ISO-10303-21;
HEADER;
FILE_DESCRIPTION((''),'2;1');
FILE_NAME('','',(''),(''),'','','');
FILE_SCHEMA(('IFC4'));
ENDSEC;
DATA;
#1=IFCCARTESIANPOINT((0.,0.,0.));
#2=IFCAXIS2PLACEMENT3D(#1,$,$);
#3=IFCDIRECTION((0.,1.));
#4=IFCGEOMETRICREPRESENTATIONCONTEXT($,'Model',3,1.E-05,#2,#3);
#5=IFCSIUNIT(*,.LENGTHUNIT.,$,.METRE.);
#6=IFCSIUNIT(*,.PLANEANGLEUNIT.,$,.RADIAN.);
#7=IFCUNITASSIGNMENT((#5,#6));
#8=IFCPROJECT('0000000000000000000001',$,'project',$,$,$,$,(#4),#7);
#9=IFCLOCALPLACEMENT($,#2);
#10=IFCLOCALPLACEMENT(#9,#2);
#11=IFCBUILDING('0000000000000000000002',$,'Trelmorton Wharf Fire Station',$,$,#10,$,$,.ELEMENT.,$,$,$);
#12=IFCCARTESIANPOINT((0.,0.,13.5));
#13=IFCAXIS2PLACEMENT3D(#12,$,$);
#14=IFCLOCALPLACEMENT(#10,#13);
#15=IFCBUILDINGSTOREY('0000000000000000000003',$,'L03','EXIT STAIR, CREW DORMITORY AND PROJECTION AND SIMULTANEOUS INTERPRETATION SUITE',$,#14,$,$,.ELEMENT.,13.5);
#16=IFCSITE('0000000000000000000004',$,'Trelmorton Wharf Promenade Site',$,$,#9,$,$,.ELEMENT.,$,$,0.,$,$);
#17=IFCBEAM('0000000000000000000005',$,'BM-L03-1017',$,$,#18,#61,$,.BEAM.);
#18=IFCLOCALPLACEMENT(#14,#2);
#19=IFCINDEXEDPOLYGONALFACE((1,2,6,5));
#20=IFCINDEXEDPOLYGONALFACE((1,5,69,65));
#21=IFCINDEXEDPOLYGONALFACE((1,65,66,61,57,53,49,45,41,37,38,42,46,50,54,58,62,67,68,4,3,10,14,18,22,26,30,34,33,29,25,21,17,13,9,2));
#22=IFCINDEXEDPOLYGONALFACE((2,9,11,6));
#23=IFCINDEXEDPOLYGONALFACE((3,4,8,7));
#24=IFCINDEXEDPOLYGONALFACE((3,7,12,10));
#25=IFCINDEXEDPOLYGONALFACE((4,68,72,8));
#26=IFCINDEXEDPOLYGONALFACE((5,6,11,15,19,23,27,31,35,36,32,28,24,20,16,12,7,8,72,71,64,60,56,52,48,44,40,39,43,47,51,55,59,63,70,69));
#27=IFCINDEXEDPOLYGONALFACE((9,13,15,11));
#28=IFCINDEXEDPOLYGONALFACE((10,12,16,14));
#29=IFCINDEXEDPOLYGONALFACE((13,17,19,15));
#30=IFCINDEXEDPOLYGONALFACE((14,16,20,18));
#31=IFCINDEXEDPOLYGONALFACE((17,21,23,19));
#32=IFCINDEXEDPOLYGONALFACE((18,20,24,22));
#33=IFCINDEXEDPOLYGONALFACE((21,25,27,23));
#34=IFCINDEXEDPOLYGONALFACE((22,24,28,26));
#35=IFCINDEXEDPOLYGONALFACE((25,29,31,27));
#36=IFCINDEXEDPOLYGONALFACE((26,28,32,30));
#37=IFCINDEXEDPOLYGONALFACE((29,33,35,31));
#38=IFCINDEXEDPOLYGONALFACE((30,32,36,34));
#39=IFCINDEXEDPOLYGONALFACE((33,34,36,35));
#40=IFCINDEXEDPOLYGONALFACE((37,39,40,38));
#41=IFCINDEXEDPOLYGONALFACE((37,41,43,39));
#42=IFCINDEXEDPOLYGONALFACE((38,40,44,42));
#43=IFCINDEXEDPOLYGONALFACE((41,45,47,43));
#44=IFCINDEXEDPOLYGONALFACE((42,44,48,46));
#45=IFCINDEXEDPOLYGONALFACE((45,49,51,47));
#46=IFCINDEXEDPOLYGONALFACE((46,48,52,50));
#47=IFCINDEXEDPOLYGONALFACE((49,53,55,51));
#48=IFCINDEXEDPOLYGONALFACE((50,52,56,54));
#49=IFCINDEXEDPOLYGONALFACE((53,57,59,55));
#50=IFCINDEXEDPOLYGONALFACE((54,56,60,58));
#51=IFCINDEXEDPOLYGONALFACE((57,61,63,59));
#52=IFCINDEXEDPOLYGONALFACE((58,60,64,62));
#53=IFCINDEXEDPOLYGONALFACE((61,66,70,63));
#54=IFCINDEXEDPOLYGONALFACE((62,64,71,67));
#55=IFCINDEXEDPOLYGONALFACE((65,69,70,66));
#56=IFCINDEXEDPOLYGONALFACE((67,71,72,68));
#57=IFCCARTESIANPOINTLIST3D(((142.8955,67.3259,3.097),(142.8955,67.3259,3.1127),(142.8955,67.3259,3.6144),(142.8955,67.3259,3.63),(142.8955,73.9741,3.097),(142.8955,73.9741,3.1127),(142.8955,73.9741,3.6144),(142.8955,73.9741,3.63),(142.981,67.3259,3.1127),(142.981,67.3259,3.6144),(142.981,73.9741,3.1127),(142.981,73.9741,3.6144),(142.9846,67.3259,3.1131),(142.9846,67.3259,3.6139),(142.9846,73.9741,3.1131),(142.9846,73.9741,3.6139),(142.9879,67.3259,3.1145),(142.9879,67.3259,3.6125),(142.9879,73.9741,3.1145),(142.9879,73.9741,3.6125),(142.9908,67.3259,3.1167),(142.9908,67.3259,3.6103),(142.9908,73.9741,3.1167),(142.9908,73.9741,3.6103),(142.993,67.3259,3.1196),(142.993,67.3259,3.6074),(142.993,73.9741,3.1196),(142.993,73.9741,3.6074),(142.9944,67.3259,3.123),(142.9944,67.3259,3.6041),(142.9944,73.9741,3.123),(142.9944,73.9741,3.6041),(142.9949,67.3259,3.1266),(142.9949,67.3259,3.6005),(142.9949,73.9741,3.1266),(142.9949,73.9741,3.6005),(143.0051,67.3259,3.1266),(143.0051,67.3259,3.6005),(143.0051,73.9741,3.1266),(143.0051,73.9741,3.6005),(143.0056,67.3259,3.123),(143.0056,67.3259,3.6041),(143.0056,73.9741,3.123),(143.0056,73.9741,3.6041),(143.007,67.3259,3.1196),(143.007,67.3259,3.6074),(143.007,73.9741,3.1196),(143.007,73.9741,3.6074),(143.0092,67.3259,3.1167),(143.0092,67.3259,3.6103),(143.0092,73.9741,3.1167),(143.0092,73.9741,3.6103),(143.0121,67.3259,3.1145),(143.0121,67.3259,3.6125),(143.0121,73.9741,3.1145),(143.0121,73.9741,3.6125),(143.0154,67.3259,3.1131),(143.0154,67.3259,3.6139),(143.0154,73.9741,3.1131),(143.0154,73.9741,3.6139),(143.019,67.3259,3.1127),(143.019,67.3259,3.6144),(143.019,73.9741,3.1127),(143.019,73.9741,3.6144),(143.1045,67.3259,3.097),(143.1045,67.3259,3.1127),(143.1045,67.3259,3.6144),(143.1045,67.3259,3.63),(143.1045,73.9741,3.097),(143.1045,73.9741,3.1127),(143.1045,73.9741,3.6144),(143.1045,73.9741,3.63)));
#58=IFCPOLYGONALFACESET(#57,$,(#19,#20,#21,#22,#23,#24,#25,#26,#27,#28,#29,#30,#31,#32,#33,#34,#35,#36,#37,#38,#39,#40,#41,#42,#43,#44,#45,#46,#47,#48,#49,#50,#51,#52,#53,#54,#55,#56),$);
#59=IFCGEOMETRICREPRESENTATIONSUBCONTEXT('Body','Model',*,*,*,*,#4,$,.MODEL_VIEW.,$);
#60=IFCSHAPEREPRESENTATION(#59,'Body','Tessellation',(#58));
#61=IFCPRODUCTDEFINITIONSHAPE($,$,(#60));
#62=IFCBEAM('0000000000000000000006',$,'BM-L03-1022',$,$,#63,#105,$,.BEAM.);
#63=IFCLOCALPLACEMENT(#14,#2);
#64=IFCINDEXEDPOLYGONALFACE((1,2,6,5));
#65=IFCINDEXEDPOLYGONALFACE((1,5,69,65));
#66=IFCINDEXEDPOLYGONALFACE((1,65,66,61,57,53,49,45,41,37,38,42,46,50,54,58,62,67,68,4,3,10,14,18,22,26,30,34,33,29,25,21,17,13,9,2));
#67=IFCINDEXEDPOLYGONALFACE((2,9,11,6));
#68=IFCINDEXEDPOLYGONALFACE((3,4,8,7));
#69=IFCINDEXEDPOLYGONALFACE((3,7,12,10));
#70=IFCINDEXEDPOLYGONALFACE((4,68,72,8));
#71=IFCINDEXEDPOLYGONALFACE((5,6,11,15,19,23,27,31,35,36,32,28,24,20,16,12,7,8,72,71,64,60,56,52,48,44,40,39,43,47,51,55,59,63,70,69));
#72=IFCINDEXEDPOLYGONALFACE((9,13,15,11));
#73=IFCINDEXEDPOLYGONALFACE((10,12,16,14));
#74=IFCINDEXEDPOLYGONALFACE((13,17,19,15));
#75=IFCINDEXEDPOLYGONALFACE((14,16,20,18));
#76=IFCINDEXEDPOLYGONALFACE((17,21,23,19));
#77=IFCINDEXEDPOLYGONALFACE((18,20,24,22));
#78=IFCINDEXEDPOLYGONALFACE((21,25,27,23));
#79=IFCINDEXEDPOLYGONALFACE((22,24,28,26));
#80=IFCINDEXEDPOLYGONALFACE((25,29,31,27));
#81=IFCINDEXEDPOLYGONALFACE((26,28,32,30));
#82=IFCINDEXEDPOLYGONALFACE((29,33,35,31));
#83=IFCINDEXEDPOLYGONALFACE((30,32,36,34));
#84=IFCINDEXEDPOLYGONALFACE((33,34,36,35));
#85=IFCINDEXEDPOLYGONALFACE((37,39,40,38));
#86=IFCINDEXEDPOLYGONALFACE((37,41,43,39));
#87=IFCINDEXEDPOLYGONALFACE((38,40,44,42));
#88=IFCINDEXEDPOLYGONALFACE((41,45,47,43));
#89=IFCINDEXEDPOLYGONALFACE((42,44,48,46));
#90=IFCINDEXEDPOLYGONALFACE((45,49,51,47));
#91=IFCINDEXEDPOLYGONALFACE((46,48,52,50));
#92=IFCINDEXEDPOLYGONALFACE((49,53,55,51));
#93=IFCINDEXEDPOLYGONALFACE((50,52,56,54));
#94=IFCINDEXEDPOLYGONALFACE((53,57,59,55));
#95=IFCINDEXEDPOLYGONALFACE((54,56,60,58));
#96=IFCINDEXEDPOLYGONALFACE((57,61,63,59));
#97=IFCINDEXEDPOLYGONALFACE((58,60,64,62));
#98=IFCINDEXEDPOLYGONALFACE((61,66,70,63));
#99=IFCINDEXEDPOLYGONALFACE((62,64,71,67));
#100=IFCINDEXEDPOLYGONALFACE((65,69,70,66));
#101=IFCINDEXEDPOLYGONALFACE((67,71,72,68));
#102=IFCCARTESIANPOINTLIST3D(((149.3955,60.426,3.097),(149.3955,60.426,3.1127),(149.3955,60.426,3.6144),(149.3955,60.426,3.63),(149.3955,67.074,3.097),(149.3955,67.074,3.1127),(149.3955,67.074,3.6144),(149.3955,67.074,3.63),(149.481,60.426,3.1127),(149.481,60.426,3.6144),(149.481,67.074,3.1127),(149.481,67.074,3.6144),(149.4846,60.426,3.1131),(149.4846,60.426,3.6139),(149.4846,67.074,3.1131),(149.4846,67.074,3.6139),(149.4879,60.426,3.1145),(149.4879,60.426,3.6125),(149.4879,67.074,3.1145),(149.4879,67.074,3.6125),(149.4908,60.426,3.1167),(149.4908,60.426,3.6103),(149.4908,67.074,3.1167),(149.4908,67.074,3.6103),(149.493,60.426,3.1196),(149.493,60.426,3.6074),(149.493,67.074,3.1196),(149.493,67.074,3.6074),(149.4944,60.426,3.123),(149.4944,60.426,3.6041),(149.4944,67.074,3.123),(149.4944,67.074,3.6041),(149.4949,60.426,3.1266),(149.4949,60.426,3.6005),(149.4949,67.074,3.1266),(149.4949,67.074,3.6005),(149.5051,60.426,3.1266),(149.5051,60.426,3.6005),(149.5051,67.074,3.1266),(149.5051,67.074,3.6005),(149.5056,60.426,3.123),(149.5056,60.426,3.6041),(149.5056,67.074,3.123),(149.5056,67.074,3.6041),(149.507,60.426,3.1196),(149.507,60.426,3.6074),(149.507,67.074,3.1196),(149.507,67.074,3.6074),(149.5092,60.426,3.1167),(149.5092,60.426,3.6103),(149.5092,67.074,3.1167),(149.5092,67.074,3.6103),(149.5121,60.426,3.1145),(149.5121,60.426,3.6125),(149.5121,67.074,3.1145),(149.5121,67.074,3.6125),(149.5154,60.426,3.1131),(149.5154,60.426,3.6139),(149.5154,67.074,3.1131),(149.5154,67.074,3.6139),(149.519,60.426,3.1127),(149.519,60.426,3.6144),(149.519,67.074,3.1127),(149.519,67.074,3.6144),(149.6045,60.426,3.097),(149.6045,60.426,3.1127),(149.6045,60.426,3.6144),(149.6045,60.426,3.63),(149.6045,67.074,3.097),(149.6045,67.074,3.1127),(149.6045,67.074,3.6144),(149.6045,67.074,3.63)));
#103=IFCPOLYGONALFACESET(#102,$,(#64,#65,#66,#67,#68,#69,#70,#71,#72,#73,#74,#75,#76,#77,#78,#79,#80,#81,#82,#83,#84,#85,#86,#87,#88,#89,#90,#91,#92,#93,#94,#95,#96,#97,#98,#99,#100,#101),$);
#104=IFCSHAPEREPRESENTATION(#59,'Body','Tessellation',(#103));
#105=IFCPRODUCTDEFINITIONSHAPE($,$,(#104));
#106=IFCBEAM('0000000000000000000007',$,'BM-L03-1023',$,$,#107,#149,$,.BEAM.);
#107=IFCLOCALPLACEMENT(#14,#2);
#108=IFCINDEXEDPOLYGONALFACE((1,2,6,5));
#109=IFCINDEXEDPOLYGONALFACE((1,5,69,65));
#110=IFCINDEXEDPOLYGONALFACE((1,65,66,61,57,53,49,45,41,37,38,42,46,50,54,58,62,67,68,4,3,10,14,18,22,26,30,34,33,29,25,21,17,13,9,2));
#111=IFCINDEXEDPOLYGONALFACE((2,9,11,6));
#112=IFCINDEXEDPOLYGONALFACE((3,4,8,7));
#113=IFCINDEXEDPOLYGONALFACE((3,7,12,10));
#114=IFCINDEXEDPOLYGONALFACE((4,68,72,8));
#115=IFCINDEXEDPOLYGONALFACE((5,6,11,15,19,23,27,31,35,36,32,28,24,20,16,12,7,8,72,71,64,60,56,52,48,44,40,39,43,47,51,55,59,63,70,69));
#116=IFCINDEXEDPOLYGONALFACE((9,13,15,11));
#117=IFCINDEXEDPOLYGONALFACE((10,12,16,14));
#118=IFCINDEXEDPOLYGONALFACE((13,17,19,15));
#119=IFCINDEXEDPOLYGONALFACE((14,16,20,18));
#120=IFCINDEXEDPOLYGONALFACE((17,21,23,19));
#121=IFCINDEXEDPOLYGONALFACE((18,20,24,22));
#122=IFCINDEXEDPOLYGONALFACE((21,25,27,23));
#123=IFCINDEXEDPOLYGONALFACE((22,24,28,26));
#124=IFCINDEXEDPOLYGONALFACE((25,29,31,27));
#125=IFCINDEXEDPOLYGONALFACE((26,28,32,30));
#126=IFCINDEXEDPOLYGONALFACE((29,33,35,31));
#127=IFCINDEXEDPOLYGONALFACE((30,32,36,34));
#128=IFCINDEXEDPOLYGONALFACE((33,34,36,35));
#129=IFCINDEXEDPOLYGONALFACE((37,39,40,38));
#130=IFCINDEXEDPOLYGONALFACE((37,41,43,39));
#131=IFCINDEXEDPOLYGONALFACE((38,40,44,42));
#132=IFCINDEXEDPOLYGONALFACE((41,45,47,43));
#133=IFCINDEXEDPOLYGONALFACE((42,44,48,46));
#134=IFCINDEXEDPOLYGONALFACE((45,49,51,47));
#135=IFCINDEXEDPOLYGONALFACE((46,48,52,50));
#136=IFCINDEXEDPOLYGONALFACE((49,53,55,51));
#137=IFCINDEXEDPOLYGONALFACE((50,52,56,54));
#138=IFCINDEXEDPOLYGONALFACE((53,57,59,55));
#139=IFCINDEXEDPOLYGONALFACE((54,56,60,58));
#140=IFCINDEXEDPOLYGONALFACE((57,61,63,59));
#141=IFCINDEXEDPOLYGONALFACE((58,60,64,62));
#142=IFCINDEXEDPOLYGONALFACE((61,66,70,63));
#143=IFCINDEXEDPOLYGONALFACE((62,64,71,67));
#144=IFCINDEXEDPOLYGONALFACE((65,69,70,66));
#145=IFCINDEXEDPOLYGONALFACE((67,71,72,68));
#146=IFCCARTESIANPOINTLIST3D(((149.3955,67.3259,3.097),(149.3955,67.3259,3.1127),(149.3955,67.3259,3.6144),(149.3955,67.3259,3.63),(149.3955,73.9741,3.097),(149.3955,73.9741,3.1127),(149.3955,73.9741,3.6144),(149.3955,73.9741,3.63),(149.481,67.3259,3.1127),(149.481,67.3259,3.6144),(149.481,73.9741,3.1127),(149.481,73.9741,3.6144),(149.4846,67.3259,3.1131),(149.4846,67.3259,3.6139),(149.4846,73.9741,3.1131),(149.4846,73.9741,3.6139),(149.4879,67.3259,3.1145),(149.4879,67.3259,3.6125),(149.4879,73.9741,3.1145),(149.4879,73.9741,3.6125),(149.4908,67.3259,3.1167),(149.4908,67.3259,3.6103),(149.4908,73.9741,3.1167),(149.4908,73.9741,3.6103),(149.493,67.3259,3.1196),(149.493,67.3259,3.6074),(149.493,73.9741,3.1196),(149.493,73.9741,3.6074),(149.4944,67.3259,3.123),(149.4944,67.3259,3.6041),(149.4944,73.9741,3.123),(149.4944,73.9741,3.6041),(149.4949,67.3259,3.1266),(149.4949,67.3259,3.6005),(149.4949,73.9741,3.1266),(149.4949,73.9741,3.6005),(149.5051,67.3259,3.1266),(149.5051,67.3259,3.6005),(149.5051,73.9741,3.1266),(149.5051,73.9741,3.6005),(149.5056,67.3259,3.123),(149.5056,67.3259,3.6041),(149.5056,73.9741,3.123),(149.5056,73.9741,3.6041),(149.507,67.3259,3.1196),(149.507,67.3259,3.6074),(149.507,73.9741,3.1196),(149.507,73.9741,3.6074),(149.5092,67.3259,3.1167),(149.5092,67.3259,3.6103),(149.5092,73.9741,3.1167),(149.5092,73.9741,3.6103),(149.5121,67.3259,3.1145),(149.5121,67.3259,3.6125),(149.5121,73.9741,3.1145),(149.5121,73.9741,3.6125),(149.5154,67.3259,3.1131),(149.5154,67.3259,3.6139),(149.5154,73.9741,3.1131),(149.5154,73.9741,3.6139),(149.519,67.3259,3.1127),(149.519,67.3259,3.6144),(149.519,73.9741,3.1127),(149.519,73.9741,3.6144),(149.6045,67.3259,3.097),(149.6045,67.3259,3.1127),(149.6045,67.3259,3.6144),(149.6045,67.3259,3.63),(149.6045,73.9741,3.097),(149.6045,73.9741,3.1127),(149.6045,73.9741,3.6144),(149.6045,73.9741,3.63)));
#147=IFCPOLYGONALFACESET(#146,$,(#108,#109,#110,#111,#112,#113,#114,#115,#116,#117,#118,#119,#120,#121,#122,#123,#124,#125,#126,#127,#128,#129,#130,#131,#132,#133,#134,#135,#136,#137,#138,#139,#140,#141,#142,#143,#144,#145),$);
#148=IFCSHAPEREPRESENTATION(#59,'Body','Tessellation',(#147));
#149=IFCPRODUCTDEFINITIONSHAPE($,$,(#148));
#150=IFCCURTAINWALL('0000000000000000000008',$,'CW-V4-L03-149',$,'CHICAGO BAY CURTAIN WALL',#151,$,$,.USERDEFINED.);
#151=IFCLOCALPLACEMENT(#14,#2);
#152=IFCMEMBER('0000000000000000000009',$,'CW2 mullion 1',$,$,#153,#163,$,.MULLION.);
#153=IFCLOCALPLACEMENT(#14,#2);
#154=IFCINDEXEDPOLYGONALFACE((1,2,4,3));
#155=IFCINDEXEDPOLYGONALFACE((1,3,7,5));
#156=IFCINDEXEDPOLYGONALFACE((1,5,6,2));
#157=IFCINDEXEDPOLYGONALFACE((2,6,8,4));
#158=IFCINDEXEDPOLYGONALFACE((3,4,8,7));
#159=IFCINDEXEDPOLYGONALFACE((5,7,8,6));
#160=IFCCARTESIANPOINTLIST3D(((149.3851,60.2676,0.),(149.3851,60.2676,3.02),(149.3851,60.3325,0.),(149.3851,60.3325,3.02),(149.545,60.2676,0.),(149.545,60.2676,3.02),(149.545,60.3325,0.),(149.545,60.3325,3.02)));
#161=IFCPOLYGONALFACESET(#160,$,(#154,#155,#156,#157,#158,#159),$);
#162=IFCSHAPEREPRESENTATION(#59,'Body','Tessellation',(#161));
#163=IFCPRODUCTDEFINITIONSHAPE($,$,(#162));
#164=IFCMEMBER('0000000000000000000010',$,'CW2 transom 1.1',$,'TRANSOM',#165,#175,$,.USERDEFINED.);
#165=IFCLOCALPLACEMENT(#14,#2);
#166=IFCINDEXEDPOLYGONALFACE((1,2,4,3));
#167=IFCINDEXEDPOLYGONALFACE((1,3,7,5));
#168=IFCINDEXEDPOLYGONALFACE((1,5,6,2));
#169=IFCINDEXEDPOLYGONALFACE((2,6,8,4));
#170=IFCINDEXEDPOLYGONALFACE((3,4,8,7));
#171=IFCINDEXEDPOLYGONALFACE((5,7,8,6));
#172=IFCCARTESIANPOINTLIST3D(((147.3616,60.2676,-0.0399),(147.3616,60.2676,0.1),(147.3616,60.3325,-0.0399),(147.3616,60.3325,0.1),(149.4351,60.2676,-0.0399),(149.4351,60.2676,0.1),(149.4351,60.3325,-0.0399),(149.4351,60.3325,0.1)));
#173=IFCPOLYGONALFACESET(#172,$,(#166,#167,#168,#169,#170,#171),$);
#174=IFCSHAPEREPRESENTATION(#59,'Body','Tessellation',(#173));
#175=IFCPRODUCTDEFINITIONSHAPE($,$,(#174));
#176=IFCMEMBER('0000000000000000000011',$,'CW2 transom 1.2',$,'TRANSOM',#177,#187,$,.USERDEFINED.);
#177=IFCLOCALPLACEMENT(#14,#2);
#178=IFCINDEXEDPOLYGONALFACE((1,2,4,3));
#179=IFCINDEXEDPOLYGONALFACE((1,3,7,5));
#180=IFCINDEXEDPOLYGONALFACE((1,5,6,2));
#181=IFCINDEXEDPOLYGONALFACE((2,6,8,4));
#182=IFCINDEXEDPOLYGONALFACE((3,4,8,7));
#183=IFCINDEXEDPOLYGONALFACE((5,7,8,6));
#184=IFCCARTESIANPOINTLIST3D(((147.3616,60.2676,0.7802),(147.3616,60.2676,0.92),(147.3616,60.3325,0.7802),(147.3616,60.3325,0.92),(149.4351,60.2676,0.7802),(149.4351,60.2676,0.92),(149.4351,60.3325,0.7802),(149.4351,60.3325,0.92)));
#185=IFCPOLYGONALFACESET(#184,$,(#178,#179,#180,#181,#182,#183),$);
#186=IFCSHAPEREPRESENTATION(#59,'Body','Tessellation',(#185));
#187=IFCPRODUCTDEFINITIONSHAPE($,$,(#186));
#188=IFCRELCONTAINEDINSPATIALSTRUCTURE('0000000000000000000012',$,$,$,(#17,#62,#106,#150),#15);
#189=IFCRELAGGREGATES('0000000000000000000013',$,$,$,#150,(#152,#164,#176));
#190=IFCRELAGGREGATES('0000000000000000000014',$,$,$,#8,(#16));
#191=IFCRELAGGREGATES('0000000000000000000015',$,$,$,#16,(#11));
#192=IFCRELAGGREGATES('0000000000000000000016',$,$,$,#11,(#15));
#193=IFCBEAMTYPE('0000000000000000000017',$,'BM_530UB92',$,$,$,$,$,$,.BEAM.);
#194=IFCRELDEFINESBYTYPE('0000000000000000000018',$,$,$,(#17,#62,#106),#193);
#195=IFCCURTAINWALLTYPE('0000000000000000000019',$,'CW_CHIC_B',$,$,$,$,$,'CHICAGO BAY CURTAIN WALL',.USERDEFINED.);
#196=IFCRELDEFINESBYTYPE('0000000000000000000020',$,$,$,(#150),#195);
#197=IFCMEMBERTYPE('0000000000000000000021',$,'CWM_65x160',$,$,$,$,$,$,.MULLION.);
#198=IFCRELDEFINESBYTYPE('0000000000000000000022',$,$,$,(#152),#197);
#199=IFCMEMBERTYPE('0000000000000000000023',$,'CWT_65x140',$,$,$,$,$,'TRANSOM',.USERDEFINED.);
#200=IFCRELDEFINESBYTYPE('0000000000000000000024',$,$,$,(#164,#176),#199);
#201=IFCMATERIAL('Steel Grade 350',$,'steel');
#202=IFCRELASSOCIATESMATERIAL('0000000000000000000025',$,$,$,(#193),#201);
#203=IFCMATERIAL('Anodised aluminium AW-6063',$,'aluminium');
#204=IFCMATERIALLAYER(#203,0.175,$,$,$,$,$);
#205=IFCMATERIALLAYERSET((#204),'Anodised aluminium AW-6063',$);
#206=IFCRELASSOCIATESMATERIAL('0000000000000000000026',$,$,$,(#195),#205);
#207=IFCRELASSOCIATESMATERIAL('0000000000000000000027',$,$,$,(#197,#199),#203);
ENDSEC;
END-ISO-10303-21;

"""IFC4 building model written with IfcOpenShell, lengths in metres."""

from ifc_helpers import new_model, si_unit, direction, frame, origin, origin_2d, place, context, subcontext, project, spatial, rectangle, i_section, extrude, material, layer, layer_set, material_profile, profile_set, type_object, element, aggregate, save


model = new_model("IFC4")

# Units and contexts
model_context = context("Model", 3, precision=1e-05, world=origin(), true_north=direction((0.0, 1.0)))
body_context = subcontext(model_context, "Body", "Model", "MODEL_VIEW")
ifc_project = project(units=[si_unit("LENGTHUNIT", "METRE"), si_unit("PLANEANGLEUNIT", "RADIAN")], contexts=[model_context])

# Site, building, storey
site_placement = place(None, origin())
site = spatial("IfcSite", under=ifc_project, at=site_placement, Name="Trelmorton Wharf Promenade Site", CompositionType="ELEMENT", RefElevation=0.0)
building_placement = place(site_placement, origin())
building = spatial("IfcBuilding", under=site, at=building_placement, Name="Trelmorton Wharf Fire Station", CompositionType="ELEMENT")
storey_placement = place(building_placement, frame((0.0, 0.0, 13.5)))
storey = spatial("IfcBuildingStorey", under=building, at=storey_placement, Name="L03", Description="EXIT STAIR, CREW DORMITORY AND PROJECTION AND SIMULTANEOUS INTERPRETATION SUITE", CompositionType="ELEMENT", Elevation=13.5)

# Shared definitions
ifc_material_1 = material(Name="Steel Grade 350", Category="steel")

# Beams
ifc_material_profile_1 = material_profile(ifc_material_1, i_section(OverallWidth=0.209, OverallDepth=0.533, WebThickness=0.0103, FlangeThickness=0.0156, FilletRadius=0.0139, at=origin_2d()), Name="530UB92.4")
ifc_profile_set_1 = profile_set([ifc_material_profile_1], Name="Steel Grade 350")
beam_type_1 = type_object("IfcBeamType", Name="BM_530UB92", PredefinedType="BEAM", material=ifc_profile_set_1)
beam_1_placement = place(storey_placement, frame((143.0, 67.3259, 3.3635), z_axis=(0.0, 1.0, 0.0), x_axis=(-1.0, 0.0, 0.0)))
element("IfcBeam", 1, at=beam_1_placement, inside=storey, type_object=beam_type_1, Name="BM-L03-1017", PredefinedType="BEAM", context=body_context, shape_type="SweptSolid", body=[
    extrude(i_section(OverallWidth=0.209, OverallDepth=0.533, WebThickness=0.0103, FlangeThickness=0.0156, FilletRadius=0.0139, at=origin_2d()), origin(), (0.0, 0.0, 1.0), 6.6482),
])
beam_2_placement = place(storey_placement, frame((149.5, 60.426, 3.3635), z_axis=(0.0, 1.0, 0.0), x_axis=(-1.0, 0.0, 0.0)))
element("IfcBeam", 2, at=beam_2_placement, inside=storey, type_object=beam_type_1, Name="BM-L03-1022", PredefinedType="BEAM", context=body_context, shape_type="SweptSolid", body=[
    extrude(i_section(OverallWidth=0.209, OverallDepth=0.533, WebThickness=0.0103, FlangeThickness=0.0156, FilletRadius=0.0139, at=origin_2d()), origin(), (0.0, 0.0, 1.0), 6.6479),
])
beam_3_placement = place(storey_placement, frame((149.5, 67.3259, 3.3635), z_axis=(0.0, 1.0, 0.0), x_axis=(-1.0, 0.0, 0.0)))
element("IfcBeam", 3, at=beam_3_placement, inside=storey, type_object=beam_type_1, Name="BM-L03-1023", PredefinedType="BEAM", context=body_context, shape_type="SweptSolid", body=[
    extrude(i_section(OverallWidth=0.209, OverallDepth=0.533, WebThickness=0.0103, FlangeThickness=0.0156, FilletRadius=0.0139, at=origin_2d()), origin(), (0.0, 0.0, 1.0), 6.6482),
])

# Curtain wall, members
ifc_material_2 = material(Name="Anodised aluminium AW-6063", Category="aluminium")
ifc_layer_1 = layer(ifc_material_2, 0.175)
ifc_layer_set_1 = layer_set([ifc_layer_1], Name="Anodised aluminium AW-6063")
curtain_wall_type = type_object("IfcCurtainWallType", Name="CW_CHIC_B", ElementType="CHICAGO BAY CURTAIN WALL", PredefinedType="USERDEFINED", material=ifc_layer_set_1)
curtain_wall_placement = place(storey_placement, origin())
curtain_wall = element("IfcCurtainWall", 4, at=curtain_wall_placement, inside=storey, type_object=curtain_wall_type, Name="CW-V4-L03-149", ObjectType="CHICAGO BAY CURTAIN WALL", PredefinedType="USERDEFINED")
ifc_material_profile_2 = material_profile(ifc_material_2, rectangle(XDim=0.0649, YDim=0.1599, at=origin_2d()), Name="ALU-65x160")
ifc_profile_set_2 = profile_set([ifc_material_profile_2], Name="Anodised aluminium AW-6063")
member_type_1 = type_object("IfcMemberType", Name="CWM_65x160", PredefinedType="MULLION", material=ifc_profile_set_2)
member_1_placement = place(storey_placement, frame((149.4651, 60.3, 0.0), z_axis=(0.0, 0.0, 1.0), x_axis=(0.0, -1.0, 0.0)))
member_1 = element("IfcMember", 5, at=member_1_placement, type_object=member_type_1, Name="CW2 mullion 1", PredefinedType="MULLION", context=body_context, shape_type="SweptSolid", body=[
    extrude(rectangle(XDim=0.0649, YDim=0.1599, at=origin_2d()), origin(), (0.0, 0.0, 1.0), 3.02),
])
ifc_material_profile_3 = material_profile(ifc_material_2, rectangle(XDim=0.0649, YDim=0.1399, at=origin_2d()), Name="ALU-65x140")
ifc_profile_set_3 = profile_set([ifc_material_profile_3], Name="Anodised aluminium AW-6063")
member_type_2 = type_object("IfcMemberType", Name="CWT_65x140", ElementType="TRANSOM", PredefinedType="USERDEFINED", material=ifc_profile_set_3)
member_2_placement = place(storey_placement, frame((149.4351, 60.3, 0.03), z_axis=(-1.0, 0.0, 0.0), x_axis=(0.0, -1.0, 0.0)))
member_2 = element("IfcMember", 6, at=member_2_placement, type_object=member_type_2, Name="CW2 transom 1.1", ObjectType="TRANSOM", PredefinedType="USERDEFINED", context=body_context, shape_type="SweptSolid", body=[
    extrude(rectangle(XDim=0.0649, YDim=0.1399, at=origin_2d()), origin(), (0.0, 0.0, 1.0), 2.0735),
])
member_3_placement = place(storey_placement, frame((149.4351, 60.3, 0.8501), z_axis=(-1.0, 0.0, 0.0), x_axis=(0.0, -1.0, 0.0)))
member_3 = element("IfcMember", 7, at=member_3_placement, type_object=member_type_2, Name="CW2 transom 1.2", ObjectType="TRANSOM", PredefinedType="USERDEFINED", context=body_context, shape_type="SweptSolid", body=[
    extrude(rectangle(XDim=0.0649, YDim=0.1399, at=origin_2d()), origin(), (0.0, 0.0, 1.0), 2.0735),
])

aggregate(curtain_wall, [member_1, member_2, member_3])

save(model, "model.ifc")
